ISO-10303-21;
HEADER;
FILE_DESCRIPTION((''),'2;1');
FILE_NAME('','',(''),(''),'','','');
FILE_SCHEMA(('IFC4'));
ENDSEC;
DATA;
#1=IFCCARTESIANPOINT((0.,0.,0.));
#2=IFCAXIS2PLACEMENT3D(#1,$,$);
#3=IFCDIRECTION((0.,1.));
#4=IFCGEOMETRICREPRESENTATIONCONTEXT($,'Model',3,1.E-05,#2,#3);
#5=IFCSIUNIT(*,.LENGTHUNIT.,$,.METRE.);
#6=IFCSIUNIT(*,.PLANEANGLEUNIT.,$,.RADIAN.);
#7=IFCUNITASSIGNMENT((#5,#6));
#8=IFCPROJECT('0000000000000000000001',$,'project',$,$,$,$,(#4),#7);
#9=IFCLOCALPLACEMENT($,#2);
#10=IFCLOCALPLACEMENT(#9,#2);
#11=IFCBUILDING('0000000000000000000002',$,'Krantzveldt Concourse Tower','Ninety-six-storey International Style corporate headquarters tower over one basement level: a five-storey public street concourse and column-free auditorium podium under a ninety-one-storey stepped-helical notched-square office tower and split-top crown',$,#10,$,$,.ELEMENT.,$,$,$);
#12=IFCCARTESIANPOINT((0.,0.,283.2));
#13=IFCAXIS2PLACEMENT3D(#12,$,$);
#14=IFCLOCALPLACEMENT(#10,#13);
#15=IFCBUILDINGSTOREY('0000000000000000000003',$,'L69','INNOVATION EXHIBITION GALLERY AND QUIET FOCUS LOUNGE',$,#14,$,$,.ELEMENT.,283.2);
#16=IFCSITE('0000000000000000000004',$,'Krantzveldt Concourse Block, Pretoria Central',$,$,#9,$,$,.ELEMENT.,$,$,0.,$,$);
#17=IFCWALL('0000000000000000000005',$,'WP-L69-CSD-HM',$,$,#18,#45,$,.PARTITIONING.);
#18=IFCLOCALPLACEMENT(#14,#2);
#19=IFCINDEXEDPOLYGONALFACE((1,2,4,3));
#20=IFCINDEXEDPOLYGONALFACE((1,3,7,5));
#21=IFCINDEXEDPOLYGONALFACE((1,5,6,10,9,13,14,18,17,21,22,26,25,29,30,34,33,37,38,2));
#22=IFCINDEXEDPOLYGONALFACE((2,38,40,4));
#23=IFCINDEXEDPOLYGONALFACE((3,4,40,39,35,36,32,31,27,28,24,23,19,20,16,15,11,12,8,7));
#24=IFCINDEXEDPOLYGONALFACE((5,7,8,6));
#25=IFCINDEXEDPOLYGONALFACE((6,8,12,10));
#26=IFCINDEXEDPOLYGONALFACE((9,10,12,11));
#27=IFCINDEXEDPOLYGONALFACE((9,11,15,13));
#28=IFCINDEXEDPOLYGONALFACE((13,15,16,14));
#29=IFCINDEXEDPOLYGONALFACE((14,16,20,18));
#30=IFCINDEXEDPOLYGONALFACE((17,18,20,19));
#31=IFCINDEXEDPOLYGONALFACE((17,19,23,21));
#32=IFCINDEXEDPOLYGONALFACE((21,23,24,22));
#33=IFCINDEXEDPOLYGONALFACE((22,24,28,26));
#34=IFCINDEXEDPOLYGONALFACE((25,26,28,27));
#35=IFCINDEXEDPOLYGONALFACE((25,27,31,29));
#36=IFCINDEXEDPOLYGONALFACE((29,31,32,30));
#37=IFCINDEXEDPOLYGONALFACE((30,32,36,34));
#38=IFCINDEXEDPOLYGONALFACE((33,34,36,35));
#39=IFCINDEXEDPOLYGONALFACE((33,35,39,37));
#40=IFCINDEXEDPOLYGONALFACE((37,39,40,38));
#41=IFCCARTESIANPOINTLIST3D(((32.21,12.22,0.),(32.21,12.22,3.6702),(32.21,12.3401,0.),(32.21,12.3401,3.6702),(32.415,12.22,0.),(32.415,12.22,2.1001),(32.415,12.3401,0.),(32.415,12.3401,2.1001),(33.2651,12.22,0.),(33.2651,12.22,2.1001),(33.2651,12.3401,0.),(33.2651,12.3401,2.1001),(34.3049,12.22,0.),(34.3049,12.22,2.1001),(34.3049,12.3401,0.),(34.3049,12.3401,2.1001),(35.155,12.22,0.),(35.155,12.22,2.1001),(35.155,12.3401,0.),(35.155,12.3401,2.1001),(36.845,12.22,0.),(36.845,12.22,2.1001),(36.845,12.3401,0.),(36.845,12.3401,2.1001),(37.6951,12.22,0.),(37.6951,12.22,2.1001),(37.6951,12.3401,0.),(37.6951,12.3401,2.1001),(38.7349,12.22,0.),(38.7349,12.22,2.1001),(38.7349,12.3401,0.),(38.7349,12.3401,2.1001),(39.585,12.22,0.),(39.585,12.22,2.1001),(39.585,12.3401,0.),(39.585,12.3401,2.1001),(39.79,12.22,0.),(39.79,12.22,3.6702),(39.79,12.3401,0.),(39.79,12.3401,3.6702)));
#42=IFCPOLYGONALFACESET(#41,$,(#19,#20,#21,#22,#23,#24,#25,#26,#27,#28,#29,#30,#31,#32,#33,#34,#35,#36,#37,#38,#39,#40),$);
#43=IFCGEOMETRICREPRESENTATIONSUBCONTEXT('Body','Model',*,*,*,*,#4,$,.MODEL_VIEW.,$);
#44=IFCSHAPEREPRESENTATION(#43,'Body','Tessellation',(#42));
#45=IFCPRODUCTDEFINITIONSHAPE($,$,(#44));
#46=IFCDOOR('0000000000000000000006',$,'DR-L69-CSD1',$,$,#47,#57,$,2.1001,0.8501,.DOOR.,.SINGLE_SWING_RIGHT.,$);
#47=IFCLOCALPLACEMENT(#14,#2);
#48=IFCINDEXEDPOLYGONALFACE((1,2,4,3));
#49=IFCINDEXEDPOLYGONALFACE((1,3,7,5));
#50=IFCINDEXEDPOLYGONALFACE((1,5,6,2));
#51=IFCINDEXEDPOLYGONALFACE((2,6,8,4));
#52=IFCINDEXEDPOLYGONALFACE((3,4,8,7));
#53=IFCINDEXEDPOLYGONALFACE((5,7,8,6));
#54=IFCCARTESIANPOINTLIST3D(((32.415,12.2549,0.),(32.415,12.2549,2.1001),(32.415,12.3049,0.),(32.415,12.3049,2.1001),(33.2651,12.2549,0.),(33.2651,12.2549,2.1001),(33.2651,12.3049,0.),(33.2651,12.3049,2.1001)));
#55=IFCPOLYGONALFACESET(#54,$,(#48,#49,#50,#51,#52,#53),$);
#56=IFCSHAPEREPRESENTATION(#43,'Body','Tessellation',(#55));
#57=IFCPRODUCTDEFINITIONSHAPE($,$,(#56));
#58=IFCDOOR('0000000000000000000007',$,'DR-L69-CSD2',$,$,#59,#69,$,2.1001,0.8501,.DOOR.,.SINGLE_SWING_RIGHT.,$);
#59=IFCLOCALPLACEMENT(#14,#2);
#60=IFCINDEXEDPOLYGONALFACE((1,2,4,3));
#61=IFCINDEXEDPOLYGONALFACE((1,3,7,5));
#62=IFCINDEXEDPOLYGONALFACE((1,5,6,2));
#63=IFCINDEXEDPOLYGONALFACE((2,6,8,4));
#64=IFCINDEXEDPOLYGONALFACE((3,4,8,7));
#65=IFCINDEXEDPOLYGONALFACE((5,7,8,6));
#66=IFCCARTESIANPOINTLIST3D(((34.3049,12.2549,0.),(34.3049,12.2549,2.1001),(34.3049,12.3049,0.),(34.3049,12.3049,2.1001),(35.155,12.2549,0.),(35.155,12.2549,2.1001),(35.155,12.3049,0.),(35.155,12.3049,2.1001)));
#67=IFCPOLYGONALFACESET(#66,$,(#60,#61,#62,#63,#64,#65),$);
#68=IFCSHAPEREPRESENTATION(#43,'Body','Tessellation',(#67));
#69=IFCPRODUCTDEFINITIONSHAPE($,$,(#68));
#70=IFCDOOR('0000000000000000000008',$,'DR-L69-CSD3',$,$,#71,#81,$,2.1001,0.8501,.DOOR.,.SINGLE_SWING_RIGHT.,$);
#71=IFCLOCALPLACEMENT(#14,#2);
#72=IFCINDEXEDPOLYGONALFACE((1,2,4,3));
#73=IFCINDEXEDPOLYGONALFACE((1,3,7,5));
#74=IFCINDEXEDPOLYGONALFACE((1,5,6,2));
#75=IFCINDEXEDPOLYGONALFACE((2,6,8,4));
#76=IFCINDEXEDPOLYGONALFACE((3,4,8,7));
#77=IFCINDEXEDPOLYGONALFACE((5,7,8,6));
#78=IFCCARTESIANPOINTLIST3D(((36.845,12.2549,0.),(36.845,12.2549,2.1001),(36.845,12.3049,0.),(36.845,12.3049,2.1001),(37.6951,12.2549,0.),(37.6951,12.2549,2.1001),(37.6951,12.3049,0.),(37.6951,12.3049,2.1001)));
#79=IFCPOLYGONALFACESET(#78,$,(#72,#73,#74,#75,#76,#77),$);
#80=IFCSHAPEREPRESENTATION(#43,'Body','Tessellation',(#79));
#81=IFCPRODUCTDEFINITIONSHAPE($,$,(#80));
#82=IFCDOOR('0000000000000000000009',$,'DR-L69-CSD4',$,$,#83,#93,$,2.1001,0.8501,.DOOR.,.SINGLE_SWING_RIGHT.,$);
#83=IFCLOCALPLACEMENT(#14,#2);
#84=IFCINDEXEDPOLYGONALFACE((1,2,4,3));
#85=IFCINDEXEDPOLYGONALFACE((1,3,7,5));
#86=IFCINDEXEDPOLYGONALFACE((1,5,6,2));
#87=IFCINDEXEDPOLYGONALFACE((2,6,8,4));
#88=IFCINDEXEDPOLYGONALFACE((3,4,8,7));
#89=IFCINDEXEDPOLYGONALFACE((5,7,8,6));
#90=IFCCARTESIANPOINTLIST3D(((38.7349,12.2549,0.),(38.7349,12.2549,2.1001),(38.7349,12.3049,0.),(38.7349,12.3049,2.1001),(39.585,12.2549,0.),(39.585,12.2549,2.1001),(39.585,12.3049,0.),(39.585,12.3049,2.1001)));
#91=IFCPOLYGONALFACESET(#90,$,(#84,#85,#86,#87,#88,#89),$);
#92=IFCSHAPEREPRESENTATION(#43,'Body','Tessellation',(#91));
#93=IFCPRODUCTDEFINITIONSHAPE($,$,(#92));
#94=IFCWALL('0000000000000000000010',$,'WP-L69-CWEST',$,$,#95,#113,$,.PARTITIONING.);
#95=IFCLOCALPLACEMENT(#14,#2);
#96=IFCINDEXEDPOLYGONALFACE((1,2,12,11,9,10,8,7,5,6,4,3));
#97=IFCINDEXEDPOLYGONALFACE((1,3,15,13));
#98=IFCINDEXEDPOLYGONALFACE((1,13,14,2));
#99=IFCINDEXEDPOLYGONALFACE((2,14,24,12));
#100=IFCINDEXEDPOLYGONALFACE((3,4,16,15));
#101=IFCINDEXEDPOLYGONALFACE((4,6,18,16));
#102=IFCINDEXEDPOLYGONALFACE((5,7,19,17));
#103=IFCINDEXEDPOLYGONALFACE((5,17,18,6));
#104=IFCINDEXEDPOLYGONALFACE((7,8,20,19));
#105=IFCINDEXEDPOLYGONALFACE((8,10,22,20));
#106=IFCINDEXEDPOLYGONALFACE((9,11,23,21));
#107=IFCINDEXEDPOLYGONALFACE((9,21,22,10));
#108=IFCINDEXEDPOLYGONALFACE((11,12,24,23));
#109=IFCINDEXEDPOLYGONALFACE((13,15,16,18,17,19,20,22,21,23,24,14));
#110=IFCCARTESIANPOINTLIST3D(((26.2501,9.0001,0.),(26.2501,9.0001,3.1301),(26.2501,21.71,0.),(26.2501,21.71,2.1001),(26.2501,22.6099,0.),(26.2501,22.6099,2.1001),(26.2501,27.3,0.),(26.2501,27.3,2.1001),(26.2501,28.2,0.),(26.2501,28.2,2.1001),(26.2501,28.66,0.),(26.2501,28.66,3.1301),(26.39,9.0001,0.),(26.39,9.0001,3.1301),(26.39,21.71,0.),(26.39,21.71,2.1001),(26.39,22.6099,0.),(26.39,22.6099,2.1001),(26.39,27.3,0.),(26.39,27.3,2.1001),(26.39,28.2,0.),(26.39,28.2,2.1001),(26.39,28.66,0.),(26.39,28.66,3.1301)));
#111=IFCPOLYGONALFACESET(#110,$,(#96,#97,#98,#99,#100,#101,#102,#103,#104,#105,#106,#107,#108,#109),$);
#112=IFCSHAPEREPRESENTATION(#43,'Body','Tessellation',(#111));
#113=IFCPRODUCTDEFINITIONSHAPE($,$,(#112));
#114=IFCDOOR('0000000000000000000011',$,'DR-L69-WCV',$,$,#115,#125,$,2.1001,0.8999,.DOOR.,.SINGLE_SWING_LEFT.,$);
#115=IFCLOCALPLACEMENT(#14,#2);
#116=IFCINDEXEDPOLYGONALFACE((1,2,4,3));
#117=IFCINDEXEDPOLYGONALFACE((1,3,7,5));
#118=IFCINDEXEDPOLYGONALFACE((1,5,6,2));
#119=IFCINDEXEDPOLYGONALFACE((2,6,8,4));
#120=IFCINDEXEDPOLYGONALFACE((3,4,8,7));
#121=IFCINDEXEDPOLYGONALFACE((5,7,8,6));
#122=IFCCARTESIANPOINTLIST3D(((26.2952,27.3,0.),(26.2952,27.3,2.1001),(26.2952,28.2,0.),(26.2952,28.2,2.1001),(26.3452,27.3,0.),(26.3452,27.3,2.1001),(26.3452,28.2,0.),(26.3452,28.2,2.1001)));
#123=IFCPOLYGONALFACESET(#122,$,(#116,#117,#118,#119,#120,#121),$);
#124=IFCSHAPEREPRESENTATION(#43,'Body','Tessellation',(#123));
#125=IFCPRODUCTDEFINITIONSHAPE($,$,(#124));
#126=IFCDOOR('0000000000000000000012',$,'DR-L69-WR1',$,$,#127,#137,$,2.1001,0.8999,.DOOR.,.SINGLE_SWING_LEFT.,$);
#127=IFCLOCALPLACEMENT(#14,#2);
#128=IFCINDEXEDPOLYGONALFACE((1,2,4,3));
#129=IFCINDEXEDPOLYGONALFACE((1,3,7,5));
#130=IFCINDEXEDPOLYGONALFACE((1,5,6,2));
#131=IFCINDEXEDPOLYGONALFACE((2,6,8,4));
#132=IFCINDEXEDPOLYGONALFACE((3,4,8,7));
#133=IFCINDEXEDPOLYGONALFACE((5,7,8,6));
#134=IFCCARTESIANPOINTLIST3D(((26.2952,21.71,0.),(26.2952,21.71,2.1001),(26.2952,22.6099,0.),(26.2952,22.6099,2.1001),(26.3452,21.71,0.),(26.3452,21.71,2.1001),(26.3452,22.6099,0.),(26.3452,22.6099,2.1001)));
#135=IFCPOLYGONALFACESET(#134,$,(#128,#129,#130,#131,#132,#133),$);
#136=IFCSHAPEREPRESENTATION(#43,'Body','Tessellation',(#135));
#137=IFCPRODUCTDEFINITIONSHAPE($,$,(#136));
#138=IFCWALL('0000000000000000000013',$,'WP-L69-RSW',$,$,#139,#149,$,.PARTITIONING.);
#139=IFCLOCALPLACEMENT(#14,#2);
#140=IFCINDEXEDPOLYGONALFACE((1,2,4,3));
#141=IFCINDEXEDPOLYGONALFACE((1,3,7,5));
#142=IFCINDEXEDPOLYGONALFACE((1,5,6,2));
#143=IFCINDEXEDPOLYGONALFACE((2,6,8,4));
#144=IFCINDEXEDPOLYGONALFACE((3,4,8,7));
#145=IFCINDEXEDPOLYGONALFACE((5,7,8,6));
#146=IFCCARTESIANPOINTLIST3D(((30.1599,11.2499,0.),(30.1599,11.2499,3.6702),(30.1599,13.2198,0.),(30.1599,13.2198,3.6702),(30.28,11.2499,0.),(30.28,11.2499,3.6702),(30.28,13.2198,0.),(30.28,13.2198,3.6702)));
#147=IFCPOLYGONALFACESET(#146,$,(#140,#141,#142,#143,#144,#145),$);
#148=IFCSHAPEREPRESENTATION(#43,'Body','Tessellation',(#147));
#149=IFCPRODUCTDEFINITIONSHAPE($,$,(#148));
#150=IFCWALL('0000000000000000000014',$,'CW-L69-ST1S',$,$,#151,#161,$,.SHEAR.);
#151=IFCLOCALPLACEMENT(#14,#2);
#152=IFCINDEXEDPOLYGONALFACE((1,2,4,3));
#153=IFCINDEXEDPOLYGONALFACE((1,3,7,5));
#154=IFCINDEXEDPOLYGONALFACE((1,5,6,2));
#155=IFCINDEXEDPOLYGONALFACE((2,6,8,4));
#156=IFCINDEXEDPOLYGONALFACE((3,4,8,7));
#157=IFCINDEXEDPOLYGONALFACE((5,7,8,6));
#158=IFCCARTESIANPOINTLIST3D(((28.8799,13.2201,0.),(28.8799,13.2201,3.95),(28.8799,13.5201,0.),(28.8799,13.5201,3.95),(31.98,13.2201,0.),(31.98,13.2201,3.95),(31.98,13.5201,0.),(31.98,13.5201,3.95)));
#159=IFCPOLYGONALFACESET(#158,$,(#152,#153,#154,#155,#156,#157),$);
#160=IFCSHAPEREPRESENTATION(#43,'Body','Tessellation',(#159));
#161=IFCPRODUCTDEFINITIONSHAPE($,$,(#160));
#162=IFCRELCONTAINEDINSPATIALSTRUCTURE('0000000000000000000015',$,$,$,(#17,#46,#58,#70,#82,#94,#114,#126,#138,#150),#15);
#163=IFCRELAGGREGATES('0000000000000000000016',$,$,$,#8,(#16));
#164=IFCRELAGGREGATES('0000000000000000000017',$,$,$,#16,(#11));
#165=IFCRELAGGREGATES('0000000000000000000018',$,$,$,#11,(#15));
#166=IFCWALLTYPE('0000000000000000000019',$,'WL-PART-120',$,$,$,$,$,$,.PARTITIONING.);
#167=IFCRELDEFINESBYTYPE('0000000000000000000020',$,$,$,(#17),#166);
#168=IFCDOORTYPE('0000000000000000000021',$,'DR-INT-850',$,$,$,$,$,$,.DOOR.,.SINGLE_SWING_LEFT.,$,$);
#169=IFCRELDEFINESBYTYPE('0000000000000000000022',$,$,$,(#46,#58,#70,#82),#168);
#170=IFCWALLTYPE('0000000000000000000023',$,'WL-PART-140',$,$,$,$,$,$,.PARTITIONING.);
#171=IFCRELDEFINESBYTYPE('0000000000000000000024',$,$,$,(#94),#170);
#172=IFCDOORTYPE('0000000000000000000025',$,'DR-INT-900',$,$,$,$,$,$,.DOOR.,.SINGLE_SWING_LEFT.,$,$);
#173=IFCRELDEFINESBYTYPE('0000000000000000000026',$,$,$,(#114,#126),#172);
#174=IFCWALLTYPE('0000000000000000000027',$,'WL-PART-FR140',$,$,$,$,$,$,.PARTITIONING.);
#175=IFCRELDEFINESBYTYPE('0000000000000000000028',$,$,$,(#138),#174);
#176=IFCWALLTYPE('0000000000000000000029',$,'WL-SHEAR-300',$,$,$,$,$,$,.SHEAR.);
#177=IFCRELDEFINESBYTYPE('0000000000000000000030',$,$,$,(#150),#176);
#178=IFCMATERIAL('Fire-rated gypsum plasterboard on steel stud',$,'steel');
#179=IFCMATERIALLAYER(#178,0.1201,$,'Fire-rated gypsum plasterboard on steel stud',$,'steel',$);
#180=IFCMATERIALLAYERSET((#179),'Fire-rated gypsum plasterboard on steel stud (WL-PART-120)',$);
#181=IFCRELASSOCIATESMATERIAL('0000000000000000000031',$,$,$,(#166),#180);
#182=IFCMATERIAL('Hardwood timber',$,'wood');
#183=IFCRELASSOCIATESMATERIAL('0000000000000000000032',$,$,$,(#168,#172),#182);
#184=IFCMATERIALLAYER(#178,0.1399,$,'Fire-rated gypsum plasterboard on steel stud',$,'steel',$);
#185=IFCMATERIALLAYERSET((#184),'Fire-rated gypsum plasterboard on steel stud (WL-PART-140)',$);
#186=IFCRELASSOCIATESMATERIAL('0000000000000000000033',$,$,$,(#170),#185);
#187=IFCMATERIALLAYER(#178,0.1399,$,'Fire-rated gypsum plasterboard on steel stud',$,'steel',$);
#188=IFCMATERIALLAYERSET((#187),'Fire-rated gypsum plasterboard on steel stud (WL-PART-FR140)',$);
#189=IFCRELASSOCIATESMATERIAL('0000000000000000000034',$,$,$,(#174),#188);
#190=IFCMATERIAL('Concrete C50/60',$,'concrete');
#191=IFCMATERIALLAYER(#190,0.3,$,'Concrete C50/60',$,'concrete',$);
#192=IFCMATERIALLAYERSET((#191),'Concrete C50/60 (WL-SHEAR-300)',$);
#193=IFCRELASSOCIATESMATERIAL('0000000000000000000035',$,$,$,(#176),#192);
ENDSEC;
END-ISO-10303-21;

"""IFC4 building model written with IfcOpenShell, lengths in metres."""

from ifc_helpers import new_model, si_unit, direction, frame, frame_2d, origin, place, context, subcontext, project, spatial, rectangle, extrude, material, layer, layer_set, type_object, element, fill, save


model = new_model("IFC4")

# Units and contexts
model_context = context("Model", 3, precision=1e-05, world=origin(), true_north=direction((0.0, 1.0)))
body_context = subcontext(model_context, "Body", "Model", "MODEL_VIEW")
ifc_project = project(units=[si_unit("LENGTHUNIT", "METRE"), si_unit("PLANEANGLEUNIT", "RADIAN")], contexts=[model_context])

# Site, building, storey
site_placement = place(None, origin())
site = spatial("IfcSite", under=ifc_project, at=site_placement, Name="Krantzveldt Concourse Block, Pretoria Central", CompositionType="ELEMENT", RefElevation=0.0)
building_placement = place(site_placement, origin())
building = spatial("IfcBuilding", under=site, at=building_placement, Name="Krantzveldt Concourse Tower", Description="Ninety-six-storey International Style corporate headquarters tower over one basement level: a five-storey public street concourse and column-free auditorium podium under a ninety-one-storey stepped-helical notched-square office tower and split-top crown", CompositionType="ELEMENT")
storey_placement = place(building_placement, frame((0.0, 0.0, 283.2)))
storey = spatial("IfcBuildingStorey", under=building, at=storey_placement, Name="L69", Description="INNOVATION EXHIBITION GALLERY AND QUIET FOCUS LOUNGE", CompositionType="ELEMENT", Elevation=283.2)

# Shared definitions
ifc_material_1 = material(Name="Fire-rated gypsum plasterboard on steel stud", Category="steel")
ifc_layer_1 = layer(ifc_material_1, 0.1201, Name="Fire-rated gypsum plasterboard on steel stud", Category="steel")
ifc_layer_set_1 = layer_set([ifc_layer_1], Name="Fire-rated gypsum plasterboard on steel stud (WL-PART-120)")
wall_type_1 = type_object("IfcWallType", Name="WL-PART-120", PredefinedType="PARTITIONING", material=ifc_layer_set_1)
ifc_material_2 = material(Name="Hardwood timber", Category="wood")
door_type_1 = type_object("IfcDoorType", Name="DR-INT-850", OperationType="SINGLE_SWING_LEFT", PredefinedType="DOOR", material=ifc_material_2)

# Walls, openings, doors
wall_1_placement = place(storey_placement, frame((32.21, 12.28, 0.0), z_axis=(0.0, 0.0, 1.0), x_axis=(1.0, 0.0, 0.0)))
wall_1 = element("IfcWall", 1, at=wall_1_placement, inside=storey, type_object=wall_type_1, Name="WP-L69-CSD-HM", PredefinedType="PARTITIONING", context=body_context, shape_type="SweptSolid", body=[
    extrude(rectangle(XDim=7.5801, YDim=0.1201, at=frame_2d((3.79, 0.0))), origin(), (0.0, 0.0, 1.0), 3.6702),
])
opening_1_placement = place(wall_1_placement, frame((0.2051, 0.0, 0.0)))
opening_1 = element("IfcOpeningElement", 2, at=opening_1_placement, cuts=wall_1, PredefinedType="OPENING", context=body_context, shape_type="SweptSolid", body=[
    extrude(rectangle(XDim=0.8501, YDim=2.1001, at=frame_2d((0.425, 1.05))), frame((0.0, 0.0701, 0.0), z_axis=(0.0, -1.0, 0.0), x_axis=(1.0, 0.0, 0.0)), (0.0, 0.0, 1.0), 0.1401),
])
opening_2_placement = place(wall_1_placement, frame((2.095, 0.0, 0.0)))
opening_2 = element("IfcOpeningElement", 3, at=opening_2_placement, cuts=wall_1, PredefinedType="OPENING", context=body_context, shape_type="SweptSolid", body=[
    extrude(rectangle(XDim=0.8501, YDim=2.1001, at=frame_2d((0.425, 1.05))), frame((0.0, 0.0701, 0.0), z_axis=(0.0, -1.0, 0.0), x_axis=(1.0, 0.0, 0.0)), (0.0, 0.0, 1.0), 0.1401),
])
opening_3_placement = place(wall_1_placement, frame((4.635, 0.0, 0.0)))
opening_3 = element("IfcOpeningElement", 4, at=opening_3_placement, cuts=wall_1, PredefinedType="OPENING", context=body_context, shape_type="SweptSolid", body=[
    extrude(rectangle(XDim=0.8501, YDim=2.1001, at=frame_2d((0.425, 1.05))), frame((0.0, 0.0701, 0.0), z_axis=(0.0, -1.0, 0.0), x_axis=(1.0, 0.0, 0.0)), (0.0, 0.0, 1.0), 0.1401),
])
opening_4_placement = place(wall_1_placement, frame((6.5249, 0.0, 0.0)))
opening_4 = element("IfcOpeningElement", 5, at=opening_4_placement, cuts=wall_1, PredefinedType="OPENING", context=body_context, shape_type="SweptSolid", body=[
    extrude(rectangle(XDim=0.8501, YDim=2.1001, at=frame_2d((0.425, 1.05))), frame((0.0, 0.0701, 0.0), z_axis=(0.0, -1.0, 0.0), x_axis=(1.0, 0.0, 0.0)), (0.0, 0.0, 1.0), 0.1401),
])
door_1_placement = place(opening_1_placement, origin())
door_1 = element("IfcDoor", 6, at=door_1_placement, inside=storey, type_object=door_type_1, Name="DR-L69-CSD1", OperationType="SINGLE_SWING_RIGHT", OverallHeight=2.1001, OverallWidth=0.8501, PredefinedType="DOOR", context=body_context, shape_type="SweptSolid", body=[
    extrude(rectangle(XDim=0.8501, YDim=2.1001, at=frame_2d((0.425, 1.05))), frame((0.0, 0.0249, 0.0), z_axis=(0.0, -1.0, 0.0), x_axis=(1.0, 0.0, 0.0)), (0.0, 0.0, 1.0), 0.05),
])
fill(opening_1, door_1)
door_2_placement = place(opening_2_placement, origin())
door_2 = element("IfcDoor", 7, at=door_2_placement, inside=storey, type_object=door_type_1, Name="DR-L69-CSD2", OperationType="SINGLE_SWING_RIGHT", OverallHeight=2.1001, OverallWidth=0.8501, PredefinedType="DOOR", context=body_context, shape_type="SweptSolid", body=[
    extrude(rectangle(XDim=0.8501, YDim=2.1001, at=frame_2d((0.425, 1.05))), frame((0.0, 0.0249, 0.0), z_axis=(0.0, -1.0, 0.0), x_axis=(1.0, 0.0, 0.0)), (0.0, 0.0, 1.0), 0.05),
])
fill(opening_2, door_2)
door_3_placement = place(opening_3_placement, origin())
door_3 = element("IfcDoor", 8, at=door_3_placement, inside=storey, type_object=door_type_1, Name="DR-L69-CSD3", OperationType="SINGLE_SWING_RIGHT", OverallHeight=2.1001, OverallWidth=0.8501, PredefinedType="DOOR", context=body_context, shape_type="SweptSolid", body=[
    extrude(rectangle(XDim=0.8501, YDim=2.1001, at=frame_2d((0.425, 1.05))), frame((0.0, 0.0249, 0.0), z_axis=(0.0, -1.0, 0.0), x_axis=(1.0, 0.0, 0.0)), (0.0, 0.0, 1.0), 0.05),
])
fill(opening_3, door_3)
door_4_placement = place(opening_4_placement, origin())
door_4 = element("IfcDoor", 9, at=door_4_placement, inside=storey, type_object=door_type_1, Name="DR-L69-CSD4", OperationType="SINGLE_SWING_RIGHT", OverallHeight=2.1001, OverallWidth=0.8501, PredefinedType="DOOR", context=body_context, shape_type="SweptSolid", body=[
    extrude(rectangle(XDim=0.8501, YDim=2.1001, at=frame_2d((0.425, 1.05))), frame((0.0, 0.0249, 0.0), z_axis=(0.0, -1.0, 0.0), x_axis=(1.0, 0.0, 0.0)), (0.0, 0.0, 1.0), 0.05),
])
fill(opening_4, door_4)
ifc_layer_2 = layer(ifc_material_1, 0.1399, Name="Fire-rated gypsum plasterboard on steel stud", Category="steel")
ifc_layer_set_2 = layer_set([ifc_layer_2], Name="Fire-rated gypsum plasterboard on steel stud (WL-PART-140)")
wall_type_2 = type_object("IfcWallType", Name="WL-PART-140", PredefinedType="PARTITIONING", material=ifc_layer_set_2)
wall_2_placement = place(storey_placement, frame((26.3201, 9.0, 0.0), z_axis=(0.0, 0.0, 1.0), x_axis=(0.0, 1.0, 0.0)))
wall_2 = element("IfcWall", 10, at=wall_2_placement, inside=storey, type_object=wall_type_2, Name="WP-L69-CWEST", PredefinedType="PARTITIONING", context=body_context, shape_type="SweptSolid", body=[
    extrude(rectangle(XDim=19.6599, YDim=0.1399, at=frame_2d((9.8301, 0.0))), origin(), (0.0, 0.0, 1.0), 3.1301),
])
opening_5_placement = place(wall_2_placement, frame((18.3, 0.0, 0.0)))
opening_5 = element("IfcOpeningElement", 11, at=opening_5_placement, cuts=wall_2, PredefinedType="OPENING", context=body_context, shape_type="SweptSolid", body=[
    extrude(rectangle(XDim=0.8999, YDim=2.1001, at=frame_2d((0.45, 1.05))), frame((0.0, 0.0801, 0.0), z_axis=(0.0, -1.0, 0.0), x_axis=(1.0, 0.0, 0.0)), (0.0, 0.0, 1.0), 0.1599),
])
opening_6_placement = place(wall_2_placement, frame((12.71, 0.0, 0.0)))
opening_6 = element("IfcOpeningElement", 12, at=opening_6_placement, cuts=wall_2, PredefinedType="OPENING", context=body_context, shape_type="SweptSolid", body=[
    extrude(rectangle(XDim=0.8999, YDim=2.1001, at=frame_2d((0.45, 1.05))), frame((0.0, 0.0801, 0.0), z_axis=(0.0, -1.0, 0.0), x_axis=(1.0, 0.0, 0.0)), (0.0, 0.0, 1.0), 0.1599),
])
door_type_2 = type_object("IfcDoorType", Name="DR-INT-900", OperationType="SINGLE_SWING_LEFT", PredefinedType="DOOR", material=ifc_material_2)
door_5_placement = place(opening_5_placement, origin())
door_5 = element("IfcDoor", 13, at=door_5_placement, inside=storey, type_object=door_type_2, Name="DR-L69-WCV", OperationType="SINGLE_SWING_LEFT", OverallHeight=2.1001, OverallWidth=0.8999, PredefinedType="DOOR", context=body_context, shape_type="SweptSolid", body=[
    extrude(rectangle(XDim=0.8999, YDim=2.1001, at=frame_2d((0.45, 1.05))), frame((0.0, 0.0249, 0.0), z_axis=(0.0, -1.0, 0.0), x_axis=(1.0, 0.0, 0.0)), (0.0, 0.0, 1.0), 0.05),
])
fill(opening_5, door_5)
door_6_placement = place(opening_6_placement, origin())
door_6 = element("IfcDoor", 14, at=door_6_placement, inside=storey, type_object=door_type_2, Name="DR-L69-WR1", OperationType="SINGLE_SWING_LEFT", OverallHeight=2.1001, OverallWidth=0.8999, PredefinedType="DOOR", context=body_context, shape_type="SweptSolid", body=[
    extrude(rectangle(XDim=0.8999, YDim=2.1001, at=frame_2d((0.45, 1.05))), frame((0.0, 0.0249, 0.0), z_axis=(0.0, -1.0, 0.0), x_axis=(1.0, 0.0, 0.0)), (0.0, 0.0, 1.0), 0.05),
])
fill(opening_6, door_6)

# Walls
ifc_layer_3 = layer(ifc_material_1, 0.1399, Name="Fire-rated gypsum plasterboard on steel stud", Category="steel")
ifc_layer_set_3 = layer_set([ifc_layer_3], Name="Fire-rated gypsum plasterboard on steel stud (WL-PART-FR140)")
wall_type_3 = type_object("IfcWallType", Name="WL-PART-FR140", PredefinedType="PARTITIONING", material=ifc_layer_set_3)
wall_3_placement = place(storey_placement, frame((30.22, 11.25, 0.0), z_axis=(0.0, 0.0, 1.0), x_axis=(0.0, 1.0, 0.0)))
element("IfcWall", 15, at=wall_3_placement, inside=storey, type_object=wall_type_3, Name="WP-L69-RSW", PredefinedType="PARTITIONING", context=body_context, shape_type="SweptSolid", body=[
    extrude(rectangle(XDim=1.97, YDim=0.1201, at=frame_2d((0.9849, 0.0))), origin(), (0.0, 0.0, 1.0), 3.6702),
])
ifc_material_3 = material(Name="Concrete C50/60", Category="concrete")
ifc_layer_4 = layer(ifc_material_3, 0.3, Name="Concrete C50/60", Category="concrete")
ifc_layer_set_4 = layer_set([ifc_layer_4], Name="Concrete C50/60 (WL-SHEAR-300)")
wall_type_4 = type_object("IfcWallType", Name="WL-SHEAR-300", PredefinedType="SHEAR", material=ifc_layer_set_4)
wall_4_placement = place(storey_placement, frame((28.8799, 13.3701, 0.0), z_axis=(0.0, 0.0, 1.0), x_axis=(1.0, 0.0, 0.0)))
element("IfcWall", 16, at=wall_4_placement, inside=storey, type_object=wall_type_4, Name="CW-L69-ST1S", PredefinedType="SHEAR", context=body_context, shape_type="SweptSolid", body=[
    extrude(rectangle(XDim=3.1001, YDim=0.3, at=frame_2d((1.55, 0.0))), origin(), (0.0, 0.0, 1.0), 3.95),
])

save(model, "model.ifc")
